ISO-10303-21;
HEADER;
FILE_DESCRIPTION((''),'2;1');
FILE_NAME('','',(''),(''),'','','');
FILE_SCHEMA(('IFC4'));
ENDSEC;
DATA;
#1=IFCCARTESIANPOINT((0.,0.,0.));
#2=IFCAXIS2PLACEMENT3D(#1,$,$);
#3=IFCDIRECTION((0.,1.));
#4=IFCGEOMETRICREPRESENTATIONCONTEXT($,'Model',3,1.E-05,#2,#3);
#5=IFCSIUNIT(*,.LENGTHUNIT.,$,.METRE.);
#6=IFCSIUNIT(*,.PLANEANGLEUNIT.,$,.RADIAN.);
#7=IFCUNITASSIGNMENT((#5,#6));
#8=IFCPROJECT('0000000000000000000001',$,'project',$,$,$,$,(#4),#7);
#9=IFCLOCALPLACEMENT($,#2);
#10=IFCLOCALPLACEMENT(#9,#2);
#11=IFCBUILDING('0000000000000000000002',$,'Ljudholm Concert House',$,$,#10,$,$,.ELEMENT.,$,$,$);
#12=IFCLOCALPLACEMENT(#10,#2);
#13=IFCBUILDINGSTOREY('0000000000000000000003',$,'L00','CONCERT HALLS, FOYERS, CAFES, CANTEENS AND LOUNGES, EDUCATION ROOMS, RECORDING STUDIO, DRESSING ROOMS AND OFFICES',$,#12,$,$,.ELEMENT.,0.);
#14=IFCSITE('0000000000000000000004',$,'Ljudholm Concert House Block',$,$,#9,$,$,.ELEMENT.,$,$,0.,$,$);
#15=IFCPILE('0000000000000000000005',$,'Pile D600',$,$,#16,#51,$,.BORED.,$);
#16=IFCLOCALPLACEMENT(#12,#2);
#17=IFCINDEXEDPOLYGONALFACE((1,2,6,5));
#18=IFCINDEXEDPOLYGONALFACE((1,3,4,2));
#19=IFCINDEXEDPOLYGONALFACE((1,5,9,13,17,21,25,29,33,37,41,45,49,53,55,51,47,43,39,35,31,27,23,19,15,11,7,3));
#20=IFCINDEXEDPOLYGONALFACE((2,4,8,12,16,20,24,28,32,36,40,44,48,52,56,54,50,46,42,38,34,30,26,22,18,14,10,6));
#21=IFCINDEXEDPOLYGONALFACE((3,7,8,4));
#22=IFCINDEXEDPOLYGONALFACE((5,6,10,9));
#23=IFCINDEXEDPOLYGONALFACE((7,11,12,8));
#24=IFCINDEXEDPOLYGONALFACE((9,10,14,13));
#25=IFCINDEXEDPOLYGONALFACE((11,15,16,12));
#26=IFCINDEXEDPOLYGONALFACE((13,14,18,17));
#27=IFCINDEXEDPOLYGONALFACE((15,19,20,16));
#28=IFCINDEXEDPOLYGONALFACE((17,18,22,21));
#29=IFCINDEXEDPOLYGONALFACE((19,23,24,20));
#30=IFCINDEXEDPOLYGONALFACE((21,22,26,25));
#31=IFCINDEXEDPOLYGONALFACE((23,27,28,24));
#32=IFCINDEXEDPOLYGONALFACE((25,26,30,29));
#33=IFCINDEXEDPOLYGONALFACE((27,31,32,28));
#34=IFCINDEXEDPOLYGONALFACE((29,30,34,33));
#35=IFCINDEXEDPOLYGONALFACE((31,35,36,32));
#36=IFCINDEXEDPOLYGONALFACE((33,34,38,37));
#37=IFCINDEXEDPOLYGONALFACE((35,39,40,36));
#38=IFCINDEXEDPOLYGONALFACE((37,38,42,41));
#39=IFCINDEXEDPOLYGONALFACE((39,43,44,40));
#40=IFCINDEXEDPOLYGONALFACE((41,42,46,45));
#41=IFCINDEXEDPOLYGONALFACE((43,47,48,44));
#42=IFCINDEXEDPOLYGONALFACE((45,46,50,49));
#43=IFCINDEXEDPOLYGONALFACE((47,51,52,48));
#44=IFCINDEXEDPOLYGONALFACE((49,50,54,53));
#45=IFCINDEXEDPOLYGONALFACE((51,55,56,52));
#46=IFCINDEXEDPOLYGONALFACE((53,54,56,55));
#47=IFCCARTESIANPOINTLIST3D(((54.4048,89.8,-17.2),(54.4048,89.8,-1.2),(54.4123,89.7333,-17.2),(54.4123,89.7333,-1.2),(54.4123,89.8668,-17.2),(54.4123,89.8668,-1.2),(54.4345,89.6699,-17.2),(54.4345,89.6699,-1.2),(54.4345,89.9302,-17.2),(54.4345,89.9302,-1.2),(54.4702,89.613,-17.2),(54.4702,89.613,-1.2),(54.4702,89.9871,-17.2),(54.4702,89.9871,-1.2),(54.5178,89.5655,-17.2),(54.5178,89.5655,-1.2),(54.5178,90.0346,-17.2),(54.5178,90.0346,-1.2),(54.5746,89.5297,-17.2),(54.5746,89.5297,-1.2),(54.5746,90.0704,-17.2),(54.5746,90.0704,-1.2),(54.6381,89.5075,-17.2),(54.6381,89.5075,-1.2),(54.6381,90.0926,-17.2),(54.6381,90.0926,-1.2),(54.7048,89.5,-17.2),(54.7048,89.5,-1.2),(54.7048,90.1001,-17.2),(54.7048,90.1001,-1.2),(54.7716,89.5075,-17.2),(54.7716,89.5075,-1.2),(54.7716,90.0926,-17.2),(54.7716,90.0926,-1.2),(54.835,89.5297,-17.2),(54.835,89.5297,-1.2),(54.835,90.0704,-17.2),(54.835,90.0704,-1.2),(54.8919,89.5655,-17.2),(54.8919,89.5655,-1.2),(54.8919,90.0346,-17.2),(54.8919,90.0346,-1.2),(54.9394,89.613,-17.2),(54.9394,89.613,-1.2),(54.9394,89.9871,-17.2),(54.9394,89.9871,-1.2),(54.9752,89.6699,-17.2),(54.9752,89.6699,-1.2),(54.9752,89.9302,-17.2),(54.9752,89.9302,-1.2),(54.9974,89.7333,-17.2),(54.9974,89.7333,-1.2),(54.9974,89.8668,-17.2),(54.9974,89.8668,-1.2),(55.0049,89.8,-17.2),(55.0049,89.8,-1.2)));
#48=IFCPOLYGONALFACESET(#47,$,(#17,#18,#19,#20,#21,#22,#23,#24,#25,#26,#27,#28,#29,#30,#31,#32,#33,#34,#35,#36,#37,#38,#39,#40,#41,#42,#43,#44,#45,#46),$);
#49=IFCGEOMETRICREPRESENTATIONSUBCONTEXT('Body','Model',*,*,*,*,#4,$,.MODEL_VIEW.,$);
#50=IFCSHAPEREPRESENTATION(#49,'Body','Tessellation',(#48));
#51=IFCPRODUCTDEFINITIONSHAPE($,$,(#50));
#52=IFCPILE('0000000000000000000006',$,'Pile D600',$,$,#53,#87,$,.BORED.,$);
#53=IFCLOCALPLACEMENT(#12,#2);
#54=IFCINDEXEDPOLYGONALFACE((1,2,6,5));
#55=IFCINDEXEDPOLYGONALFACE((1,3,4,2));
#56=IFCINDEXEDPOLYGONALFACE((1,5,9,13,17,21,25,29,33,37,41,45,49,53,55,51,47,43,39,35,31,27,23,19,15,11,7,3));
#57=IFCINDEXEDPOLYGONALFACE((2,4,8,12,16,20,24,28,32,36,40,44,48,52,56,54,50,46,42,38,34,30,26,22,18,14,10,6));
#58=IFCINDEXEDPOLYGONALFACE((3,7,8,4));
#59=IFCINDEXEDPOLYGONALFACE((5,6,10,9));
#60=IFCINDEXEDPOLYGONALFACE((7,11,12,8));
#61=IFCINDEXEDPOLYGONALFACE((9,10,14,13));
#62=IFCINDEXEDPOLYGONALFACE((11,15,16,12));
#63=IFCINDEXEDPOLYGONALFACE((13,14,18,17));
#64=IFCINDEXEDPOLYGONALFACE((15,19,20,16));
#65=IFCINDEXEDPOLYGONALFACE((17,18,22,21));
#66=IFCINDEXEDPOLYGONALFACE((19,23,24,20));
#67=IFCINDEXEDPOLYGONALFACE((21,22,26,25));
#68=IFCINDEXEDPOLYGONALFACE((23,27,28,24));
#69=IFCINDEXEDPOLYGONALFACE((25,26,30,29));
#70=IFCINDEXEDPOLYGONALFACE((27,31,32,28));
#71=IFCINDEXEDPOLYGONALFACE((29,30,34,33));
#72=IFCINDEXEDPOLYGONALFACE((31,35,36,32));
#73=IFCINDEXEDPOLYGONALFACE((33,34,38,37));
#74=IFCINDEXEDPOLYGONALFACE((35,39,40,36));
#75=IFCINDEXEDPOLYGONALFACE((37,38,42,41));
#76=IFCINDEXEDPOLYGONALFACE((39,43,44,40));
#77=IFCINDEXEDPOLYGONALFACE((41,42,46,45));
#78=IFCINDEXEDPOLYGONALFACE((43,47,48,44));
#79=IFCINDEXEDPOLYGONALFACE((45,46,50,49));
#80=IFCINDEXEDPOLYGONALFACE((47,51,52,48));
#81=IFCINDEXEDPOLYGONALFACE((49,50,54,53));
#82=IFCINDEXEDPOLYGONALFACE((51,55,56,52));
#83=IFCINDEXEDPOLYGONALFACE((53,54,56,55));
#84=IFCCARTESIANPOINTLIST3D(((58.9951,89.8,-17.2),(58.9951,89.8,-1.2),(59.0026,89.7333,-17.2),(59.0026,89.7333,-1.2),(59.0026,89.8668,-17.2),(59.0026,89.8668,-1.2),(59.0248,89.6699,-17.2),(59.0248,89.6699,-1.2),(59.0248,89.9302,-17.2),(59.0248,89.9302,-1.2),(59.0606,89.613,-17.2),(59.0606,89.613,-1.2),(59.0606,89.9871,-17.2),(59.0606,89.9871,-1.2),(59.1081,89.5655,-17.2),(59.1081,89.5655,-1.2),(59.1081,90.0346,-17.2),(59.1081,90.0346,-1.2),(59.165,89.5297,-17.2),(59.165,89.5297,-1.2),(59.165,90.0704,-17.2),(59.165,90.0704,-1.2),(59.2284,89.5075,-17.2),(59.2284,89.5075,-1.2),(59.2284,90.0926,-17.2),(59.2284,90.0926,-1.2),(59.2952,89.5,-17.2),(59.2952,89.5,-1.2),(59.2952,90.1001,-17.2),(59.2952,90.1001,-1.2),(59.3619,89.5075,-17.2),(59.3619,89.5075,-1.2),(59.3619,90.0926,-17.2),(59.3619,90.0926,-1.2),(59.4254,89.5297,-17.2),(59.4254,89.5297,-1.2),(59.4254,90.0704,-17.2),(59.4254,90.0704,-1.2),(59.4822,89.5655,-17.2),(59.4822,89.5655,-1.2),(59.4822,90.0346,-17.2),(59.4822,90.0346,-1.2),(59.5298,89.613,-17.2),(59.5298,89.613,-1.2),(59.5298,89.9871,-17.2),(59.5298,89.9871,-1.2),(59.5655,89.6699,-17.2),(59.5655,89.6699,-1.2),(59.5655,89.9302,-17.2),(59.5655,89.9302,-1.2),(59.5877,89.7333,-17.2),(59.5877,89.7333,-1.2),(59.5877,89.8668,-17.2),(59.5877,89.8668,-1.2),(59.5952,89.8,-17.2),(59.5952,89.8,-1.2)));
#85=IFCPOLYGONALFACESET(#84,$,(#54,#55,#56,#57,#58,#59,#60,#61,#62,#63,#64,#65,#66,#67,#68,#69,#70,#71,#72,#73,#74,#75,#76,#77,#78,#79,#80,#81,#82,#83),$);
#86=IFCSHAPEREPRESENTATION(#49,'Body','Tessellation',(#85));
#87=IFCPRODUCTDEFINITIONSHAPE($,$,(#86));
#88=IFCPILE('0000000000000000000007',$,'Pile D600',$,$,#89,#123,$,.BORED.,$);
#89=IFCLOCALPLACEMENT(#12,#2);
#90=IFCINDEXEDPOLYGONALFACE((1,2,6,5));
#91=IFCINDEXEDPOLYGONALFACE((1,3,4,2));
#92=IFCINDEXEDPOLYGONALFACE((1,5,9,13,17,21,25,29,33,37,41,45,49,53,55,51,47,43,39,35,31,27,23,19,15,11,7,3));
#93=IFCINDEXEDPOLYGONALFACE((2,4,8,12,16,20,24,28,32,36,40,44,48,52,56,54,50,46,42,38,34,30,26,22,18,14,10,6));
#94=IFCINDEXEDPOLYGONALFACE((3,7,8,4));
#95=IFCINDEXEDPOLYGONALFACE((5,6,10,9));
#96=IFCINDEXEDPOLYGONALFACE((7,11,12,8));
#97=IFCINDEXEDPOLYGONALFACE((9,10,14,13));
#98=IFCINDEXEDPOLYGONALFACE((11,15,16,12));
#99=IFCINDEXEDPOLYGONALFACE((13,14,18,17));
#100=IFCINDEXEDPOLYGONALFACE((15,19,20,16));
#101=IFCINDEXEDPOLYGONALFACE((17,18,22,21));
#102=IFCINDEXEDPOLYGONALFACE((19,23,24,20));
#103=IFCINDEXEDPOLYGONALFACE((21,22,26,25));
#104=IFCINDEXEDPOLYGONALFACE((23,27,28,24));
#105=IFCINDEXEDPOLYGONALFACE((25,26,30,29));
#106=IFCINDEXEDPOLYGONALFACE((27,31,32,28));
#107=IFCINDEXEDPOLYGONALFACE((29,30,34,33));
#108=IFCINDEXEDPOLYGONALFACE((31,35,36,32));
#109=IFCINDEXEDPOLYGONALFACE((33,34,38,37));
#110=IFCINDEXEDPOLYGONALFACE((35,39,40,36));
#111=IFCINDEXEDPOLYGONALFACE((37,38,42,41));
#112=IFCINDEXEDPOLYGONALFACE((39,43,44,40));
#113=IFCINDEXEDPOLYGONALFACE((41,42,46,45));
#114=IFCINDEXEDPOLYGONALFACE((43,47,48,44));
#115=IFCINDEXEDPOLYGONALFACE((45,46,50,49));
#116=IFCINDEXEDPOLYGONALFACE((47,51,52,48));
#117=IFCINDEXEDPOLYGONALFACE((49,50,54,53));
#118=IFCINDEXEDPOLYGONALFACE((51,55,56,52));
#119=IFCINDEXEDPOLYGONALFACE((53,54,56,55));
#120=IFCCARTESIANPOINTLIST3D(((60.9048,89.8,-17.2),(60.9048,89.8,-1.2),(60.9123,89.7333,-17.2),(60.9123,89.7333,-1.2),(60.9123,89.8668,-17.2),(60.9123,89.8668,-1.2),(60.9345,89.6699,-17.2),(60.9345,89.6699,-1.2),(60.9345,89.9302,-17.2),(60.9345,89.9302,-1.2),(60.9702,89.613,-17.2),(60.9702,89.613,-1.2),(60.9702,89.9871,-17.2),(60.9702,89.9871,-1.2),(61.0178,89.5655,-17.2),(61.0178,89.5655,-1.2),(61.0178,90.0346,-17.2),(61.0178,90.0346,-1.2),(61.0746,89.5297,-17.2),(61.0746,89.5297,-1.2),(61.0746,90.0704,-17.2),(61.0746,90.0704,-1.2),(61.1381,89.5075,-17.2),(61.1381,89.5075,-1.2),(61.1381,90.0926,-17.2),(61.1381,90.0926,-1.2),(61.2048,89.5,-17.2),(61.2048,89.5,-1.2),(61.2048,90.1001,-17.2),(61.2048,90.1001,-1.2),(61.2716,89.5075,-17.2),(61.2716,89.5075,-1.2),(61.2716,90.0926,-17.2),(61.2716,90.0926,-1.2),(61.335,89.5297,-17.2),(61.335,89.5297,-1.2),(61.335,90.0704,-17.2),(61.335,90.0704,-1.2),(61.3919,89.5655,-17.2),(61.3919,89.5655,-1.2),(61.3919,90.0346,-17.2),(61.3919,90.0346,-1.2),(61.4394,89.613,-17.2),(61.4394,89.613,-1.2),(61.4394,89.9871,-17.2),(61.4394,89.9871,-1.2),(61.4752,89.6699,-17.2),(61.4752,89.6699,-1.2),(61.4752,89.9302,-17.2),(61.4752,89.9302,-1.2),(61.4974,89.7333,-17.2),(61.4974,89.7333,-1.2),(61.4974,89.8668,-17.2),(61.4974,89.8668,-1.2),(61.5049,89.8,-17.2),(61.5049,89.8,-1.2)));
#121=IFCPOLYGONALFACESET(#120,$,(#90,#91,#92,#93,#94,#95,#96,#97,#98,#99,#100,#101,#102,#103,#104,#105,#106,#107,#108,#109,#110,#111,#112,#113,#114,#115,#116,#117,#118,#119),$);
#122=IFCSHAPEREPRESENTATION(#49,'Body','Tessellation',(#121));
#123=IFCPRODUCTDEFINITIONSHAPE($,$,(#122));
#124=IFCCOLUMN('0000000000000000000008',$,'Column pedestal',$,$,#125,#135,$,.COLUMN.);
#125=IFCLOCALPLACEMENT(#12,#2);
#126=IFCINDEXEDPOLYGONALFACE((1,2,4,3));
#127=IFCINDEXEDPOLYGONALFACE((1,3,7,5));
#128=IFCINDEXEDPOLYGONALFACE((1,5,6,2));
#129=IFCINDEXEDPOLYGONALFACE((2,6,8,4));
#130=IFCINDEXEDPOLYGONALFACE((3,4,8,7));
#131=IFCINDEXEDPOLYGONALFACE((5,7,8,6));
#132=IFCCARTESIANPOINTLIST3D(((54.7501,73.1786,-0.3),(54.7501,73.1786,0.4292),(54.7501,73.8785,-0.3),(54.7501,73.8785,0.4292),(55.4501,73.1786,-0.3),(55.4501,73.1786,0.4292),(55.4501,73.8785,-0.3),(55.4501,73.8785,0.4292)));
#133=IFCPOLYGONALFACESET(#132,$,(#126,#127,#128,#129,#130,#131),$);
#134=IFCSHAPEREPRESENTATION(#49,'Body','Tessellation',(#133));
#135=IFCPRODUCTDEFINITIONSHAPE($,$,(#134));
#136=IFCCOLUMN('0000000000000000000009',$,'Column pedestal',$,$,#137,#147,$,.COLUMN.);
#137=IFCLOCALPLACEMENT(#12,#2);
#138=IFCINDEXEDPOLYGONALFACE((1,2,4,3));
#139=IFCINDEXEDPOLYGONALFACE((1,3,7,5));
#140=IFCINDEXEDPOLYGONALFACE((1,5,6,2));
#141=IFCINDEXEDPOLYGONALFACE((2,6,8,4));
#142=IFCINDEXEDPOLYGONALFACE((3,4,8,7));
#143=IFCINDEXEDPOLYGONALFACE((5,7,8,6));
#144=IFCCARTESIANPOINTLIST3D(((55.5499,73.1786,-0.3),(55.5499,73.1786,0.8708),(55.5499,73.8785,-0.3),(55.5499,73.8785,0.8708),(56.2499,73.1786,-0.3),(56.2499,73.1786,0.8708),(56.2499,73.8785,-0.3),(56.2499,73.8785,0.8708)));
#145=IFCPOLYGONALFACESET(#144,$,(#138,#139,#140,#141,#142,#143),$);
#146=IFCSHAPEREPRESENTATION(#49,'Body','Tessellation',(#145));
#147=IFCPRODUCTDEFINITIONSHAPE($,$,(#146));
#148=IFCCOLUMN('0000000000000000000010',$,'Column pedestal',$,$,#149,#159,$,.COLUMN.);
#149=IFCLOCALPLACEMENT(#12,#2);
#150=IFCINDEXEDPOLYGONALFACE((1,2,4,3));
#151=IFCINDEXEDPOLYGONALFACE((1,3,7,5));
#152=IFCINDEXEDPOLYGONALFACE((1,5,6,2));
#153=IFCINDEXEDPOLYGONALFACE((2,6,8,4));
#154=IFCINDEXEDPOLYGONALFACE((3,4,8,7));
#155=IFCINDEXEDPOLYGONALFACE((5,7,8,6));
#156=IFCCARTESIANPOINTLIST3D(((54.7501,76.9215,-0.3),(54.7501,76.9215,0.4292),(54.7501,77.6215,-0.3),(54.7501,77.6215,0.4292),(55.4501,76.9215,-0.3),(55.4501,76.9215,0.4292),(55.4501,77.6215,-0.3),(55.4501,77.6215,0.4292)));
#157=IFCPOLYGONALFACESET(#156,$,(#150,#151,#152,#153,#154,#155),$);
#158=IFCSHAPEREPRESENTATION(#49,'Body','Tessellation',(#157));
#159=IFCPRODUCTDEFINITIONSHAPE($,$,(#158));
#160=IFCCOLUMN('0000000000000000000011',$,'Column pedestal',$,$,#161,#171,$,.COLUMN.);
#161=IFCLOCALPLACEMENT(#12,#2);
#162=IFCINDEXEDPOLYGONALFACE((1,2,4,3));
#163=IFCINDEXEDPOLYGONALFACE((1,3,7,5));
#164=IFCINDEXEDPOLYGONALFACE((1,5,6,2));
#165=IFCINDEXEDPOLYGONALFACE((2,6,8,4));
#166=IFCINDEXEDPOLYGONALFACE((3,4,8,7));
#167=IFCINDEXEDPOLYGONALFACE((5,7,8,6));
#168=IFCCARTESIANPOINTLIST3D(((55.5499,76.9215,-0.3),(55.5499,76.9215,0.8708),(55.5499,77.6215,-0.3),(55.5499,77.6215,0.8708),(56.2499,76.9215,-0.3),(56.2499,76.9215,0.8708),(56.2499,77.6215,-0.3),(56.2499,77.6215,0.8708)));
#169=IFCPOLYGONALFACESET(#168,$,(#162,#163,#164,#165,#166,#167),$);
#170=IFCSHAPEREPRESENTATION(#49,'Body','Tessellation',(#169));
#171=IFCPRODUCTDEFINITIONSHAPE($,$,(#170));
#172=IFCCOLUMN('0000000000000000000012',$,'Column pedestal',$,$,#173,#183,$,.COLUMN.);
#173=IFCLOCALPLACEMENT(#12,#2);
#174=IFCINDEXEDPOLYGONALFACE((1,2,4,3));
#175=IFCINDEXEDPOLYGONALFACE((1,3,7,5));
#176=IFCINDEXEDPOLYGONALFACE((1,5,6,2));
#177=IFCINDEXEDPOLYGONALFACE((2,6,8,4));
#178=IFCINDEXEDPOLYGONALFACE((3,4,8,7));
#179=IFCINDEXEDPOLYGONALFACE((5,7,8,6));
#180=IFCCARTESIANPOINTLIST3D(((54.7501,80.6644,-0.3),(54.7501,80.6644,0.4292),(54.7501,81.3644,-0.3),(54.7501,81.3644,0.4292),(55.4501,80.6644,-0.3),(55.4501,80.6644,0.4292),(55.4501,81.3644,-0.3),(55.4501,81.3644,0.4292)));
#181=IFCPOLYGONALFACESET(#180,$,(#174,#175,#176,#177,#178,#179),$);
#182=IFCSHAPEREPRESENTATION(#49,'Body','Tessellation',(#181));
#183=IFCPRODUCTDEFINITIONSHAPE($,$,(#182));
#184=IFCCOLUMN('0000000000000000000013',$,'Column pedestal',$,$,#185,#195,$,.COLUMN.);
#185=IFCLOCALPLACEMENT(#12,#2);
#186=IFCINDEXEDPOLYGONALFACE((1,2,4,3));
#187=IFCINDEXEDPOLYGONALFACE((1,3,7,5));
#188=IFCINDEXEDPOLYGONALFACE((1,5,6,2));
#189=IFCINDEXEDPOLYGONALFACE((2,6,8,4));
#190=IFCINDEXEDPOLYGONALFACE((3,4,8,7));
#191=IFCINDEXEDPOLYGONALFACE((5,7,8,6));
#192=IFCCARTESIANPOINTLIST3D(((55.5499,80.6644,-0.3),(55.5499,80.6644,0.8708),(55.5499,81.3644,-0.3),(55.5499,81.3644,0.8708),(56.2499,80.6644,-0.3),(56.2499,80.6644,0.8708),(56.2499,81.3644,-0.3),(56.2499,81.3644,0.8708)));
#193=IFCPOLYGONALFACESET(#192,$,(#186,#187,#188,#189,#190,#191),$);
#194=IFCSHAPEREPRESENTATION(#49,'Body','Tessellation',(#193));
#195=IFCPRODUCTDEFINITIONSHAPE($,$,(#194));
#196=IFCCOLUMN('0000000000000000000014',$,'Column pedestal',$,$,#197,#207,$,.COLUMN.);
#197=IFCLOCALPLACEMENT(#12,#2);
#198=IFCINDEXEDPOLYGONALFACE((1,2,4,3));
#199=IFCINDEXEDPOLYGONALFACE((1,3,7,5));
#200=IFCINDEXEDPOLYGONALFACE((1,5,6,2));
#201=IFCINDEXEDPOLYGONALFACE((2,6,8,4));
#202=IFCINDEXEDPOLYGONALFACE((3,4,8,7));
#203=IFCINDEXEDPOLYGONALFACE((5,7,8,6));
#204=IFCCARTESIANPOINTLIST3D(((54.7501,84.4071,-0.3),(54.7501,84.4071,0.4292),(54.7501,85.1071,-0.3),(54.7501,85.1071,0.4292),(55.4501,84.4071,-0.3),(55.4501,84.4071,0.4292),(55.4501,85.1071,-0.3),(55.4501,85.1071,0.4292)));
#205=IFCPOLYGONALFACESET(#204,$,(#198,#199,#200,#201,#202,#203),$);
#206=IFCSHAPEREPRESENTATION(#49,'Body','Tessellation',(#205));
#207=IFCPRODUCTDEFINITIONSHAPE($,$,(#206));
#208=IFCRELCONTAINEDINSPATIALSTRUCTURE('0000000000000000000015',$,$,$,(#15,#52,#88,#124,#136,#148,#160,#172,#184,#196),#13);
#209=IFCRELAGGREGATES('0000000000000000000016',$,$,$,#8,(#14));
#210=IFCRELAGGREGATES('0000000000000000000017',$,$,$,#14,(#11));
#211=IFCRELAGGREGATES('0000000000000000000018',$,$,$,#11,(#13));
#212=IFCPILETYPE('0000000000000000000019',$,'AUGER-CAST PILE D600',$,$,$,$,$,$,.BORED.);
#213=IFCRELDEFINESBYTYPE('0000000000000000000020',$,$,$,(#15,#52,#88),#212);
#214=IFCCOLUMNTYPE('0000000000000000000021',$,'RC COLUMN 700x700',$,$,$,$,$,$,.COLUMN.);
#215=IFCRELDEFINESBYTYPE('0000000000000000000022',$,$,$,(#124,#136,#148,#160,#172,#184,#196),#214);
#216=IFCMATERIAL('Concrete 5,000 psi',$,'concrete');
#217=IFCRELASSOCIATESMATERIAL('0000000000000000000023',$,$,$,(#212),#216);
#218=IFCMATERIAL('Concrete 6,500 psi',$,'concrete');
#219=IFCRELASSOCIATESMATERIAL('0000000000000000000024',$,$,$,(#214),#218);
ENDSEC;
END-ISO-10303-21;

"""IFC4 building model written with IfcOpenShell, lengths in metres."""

from ifc_helpers import new_model, si_unit, direction, frame, origin, origin_2d, place, context, subcontext, project, spatial, rectangle, circle, extrude, material, material_profile, profile_set, type_object, element, save


model = new_model("IFC4")

# Units and contexts
model_context = context("Model", 3, precision=1e-05, world=origin(), true_north=direction((0.0, 1.0)))
body_context = subcontext(model_context, "Body", "Model", "MODEL_VIEW")
ifc_project = project(units=[si_unit("LENGTHUNIT", "METRE"), si_unit("PLANEANGLEUNIT", "RADIAN")], contexts=[model_context])

# Site, building, storey
site_placement = place(None, origin())
site = spatial("IfcSite", under=ifc_project, at=site_placement, Name="Ljudholm Concert House Block", CompositionType="ELEMENT", RefElevation=0.0)
building_placement = place(site_placement, origin())
building = spatial("IfcBuilding", under=site, at=building_placement, Name="Ljudholm Concert House", CompositionType="ELEMENT")
storey_placement = place(building_placement, origin())
storey = spatial("IfcBuildingStorey", under=building, at=storey_placement, Name="L00", Description="CONCERT HALLS, FOYERS, CAFES, CANTEENS AND LOUNGES, EDUCATION ROOMS, RECORDING STUDIO, DRESSING ROOMS AND OFFICES", CompositionType="ELEMENT", Elevation=0.0)

# Piles
ifc_material_1 = material(Name="Concrete 5,000 psi", Category="concrete")
ifc_material_profile_1 = material_profile(ifc_material_1, circle(Radius=0.3, at=origin_2d()), Name="AUGER-CAST PILE D600")
ifc_profile_set_1 = profile_set([ifc_material_profile_1], Name="Concrete 5,000 psi")
pile_type = type_object("IfcPileType", Name="AUGER-CAST PILE D600", PredefinedType="BORED", material=ifc_profile_set_1)
for number, where, z_axis, x_axis, name in (
    (1, (54.7048, 89.8, -1.2), (0.0, 0.0, -1.0), (1.0, 0.0, 0.0), "Pile D600"),
    (2, (59.2952, 89.8, -1.2), (0.0, 0.0, -1.0), (1.0, 0.0, 0.0), "Pile D600"),
    (3, (61.2048, 89.8, -1.2), (0.0, 0.0, -1.0), (1.0, 0.0, 0.0), "Pile D600"),
):
    element("IfcPile", number, at=place(storey_placement, frame(where, z_axis=z_axis, x_axis=x_axis)), inside=storey, type_object=pile_type, Name=name, PredefinedType="BORED", context=body_context, shape_type="SweptSolid", body=[
        extrude(circle(Radius=0.3, at=origin_2d()), origin(), (0.0, 0.0, 1.0), 16.0),
    ])

# Columns
ifc_material_2 = material(Name="Concrete 6,500 psi", Category="concrete")
ifc_material_profile_2 = material_profile(ifc_material_2, rectangle(XDim=0.7, YDim=0.7, at=origin_2d()), Name="RC COLUMN 700x700")
ifc_profile_set_2 = profile_set([ifc_material_profile_2], Name="Concrete 6,500 psi")
column_type = type_object("IfcColumnType", Name="RC COLUMN 700x700", PredefinedType="COLUMN", material=ifc_profile_set_2)
column_1_placement = place(storey_placement, frame((55.1001, 73.5286, -0.3), z_axis=(0.0, 0.0, 1.0), x_axis=(1.0, 0.0, 0.0)))
element("IfcColumn", 4, at=column_1_placement, inside=storey, type_object=column_type, Name="Column pedestal", PredefinedType="COLUMN", context=body_context, shape_type="SweptSolid", body=[
    extrude(rectangle(XDim=0.7, YDim=0.7, at=origin_2d()), origin(), (0.0, 0.0, 1.0), 0.7292),
])
column_2_placement = place(storey_placement, frame((55.8999, 73.5286, -0.3), z_axis=(0.0, 0.0, 1.0), x_axis=(1.0, 0.0, 0.0)))
element("IfcColumn", 5, at=column_2_placement, inside=storey, type_object=column_type, Name="Column pedestal", PredefinedType="COLUMN", context=body_context, shape_type="SweptSolid", body=[
    extrude(rectangle(XDim=0.7, YDim=0.7, at=origin_2d()), origin(), (0.0, 0.0, 1.0), 1.1709),
])
column_3_placement = place(storey_placement, frame((55.1001, 77.2715, -0.3), z_axis=(0.0, 0.0, 1.0), x_axis=(1.0, 0.0, 0.0)))
element("IfcColumn", 6, at=column_3_placement, inside=storey, type_object=column_type, Name="Column pedestal", PredefinedType="COLUMN", context=body_context, shape_type="SweptSolid", body=[
    extrude(rectangle(XDim=0.7, YDim=0.7, at=origin_2d()), origin(), (0.0, 0.0, 1.0), 0.7292),
])
column_4_placement = place(storey_placement, frame((55.8999, 77.2715, -0.3), z_axis=(0.0, 0.0, 1.0), x_axis=(1.0, 0.0, 0.0)))
element("IfcColumn", 7, at=column_4_placement, inside=storey, type_object=column_type, Name="Column pedestal", PredefinedType="COLUMN", context=body_context, shape_type="SweptSolid", body=[
    extrude(rectangle(XDim=0.7, YDim=0.7, at=origin_2d()), origin(), (0.0, 0.0, 1.0), 1.1709),
])
column_5_placement = place(storey_placement, frame((55.1001, 81.0144, -0.3), z_axis=(0.0, 0.0, 1.0), x_axis=(1.0, 0.0, 0.0)))
element("IfcColumn", 8, at=column_5_placement, inside=storey, type_object=column_type, Name="Column pedestal", PredefinedType="COLUMN", context=body_context, shape_type="SweptSolid", body=[
    extrude(rectangle(XDim=0.7, YDim=0.7, at=origin_2d()), origin(), (0.0, 0.0, 1.0), 0.7292),
])
column_6_placement = place(storey_placement, frame((55.8999, 81.0144, -0.3), z_axis=(0.0, 0.0, 1.0), x_axis=(1.0, 0.0, 0.0)))
element("IfcColumn", 9, at=column_6_placement, inside=storey, type_object=column_type, Name="Column pedestal", PredefinedType="COLUMN", context=body_context, shape_type="SweptSolid", body=[
    extrude(rectangle(XDim=0.7, YDim=0.7, at=origin_2d()), origin(), (0.0, 0.0, 1.0), 1.1709),
])
column_7_placement = place(storey_placement, frame((55.1001, 84.7571, -0.3), z_axis=(0.0, 0.0, 1.0), x_axis=(1.0, 0.0, 0.0)))
element("IfcColumn", 10, at=column_7_placement, inside=storey, type_object=column_type, Name="Column pedestal", PredefinedType="COLUMN", context=body_context, shape_type="SweptSolid", body=[
    extrude(rectangle(XDim=0.7, YDim=0.7, at=origin_2d()), origin(), (0.0, 0.0, 1.0), 0.7292),
])

save(model, "model.ifc")
